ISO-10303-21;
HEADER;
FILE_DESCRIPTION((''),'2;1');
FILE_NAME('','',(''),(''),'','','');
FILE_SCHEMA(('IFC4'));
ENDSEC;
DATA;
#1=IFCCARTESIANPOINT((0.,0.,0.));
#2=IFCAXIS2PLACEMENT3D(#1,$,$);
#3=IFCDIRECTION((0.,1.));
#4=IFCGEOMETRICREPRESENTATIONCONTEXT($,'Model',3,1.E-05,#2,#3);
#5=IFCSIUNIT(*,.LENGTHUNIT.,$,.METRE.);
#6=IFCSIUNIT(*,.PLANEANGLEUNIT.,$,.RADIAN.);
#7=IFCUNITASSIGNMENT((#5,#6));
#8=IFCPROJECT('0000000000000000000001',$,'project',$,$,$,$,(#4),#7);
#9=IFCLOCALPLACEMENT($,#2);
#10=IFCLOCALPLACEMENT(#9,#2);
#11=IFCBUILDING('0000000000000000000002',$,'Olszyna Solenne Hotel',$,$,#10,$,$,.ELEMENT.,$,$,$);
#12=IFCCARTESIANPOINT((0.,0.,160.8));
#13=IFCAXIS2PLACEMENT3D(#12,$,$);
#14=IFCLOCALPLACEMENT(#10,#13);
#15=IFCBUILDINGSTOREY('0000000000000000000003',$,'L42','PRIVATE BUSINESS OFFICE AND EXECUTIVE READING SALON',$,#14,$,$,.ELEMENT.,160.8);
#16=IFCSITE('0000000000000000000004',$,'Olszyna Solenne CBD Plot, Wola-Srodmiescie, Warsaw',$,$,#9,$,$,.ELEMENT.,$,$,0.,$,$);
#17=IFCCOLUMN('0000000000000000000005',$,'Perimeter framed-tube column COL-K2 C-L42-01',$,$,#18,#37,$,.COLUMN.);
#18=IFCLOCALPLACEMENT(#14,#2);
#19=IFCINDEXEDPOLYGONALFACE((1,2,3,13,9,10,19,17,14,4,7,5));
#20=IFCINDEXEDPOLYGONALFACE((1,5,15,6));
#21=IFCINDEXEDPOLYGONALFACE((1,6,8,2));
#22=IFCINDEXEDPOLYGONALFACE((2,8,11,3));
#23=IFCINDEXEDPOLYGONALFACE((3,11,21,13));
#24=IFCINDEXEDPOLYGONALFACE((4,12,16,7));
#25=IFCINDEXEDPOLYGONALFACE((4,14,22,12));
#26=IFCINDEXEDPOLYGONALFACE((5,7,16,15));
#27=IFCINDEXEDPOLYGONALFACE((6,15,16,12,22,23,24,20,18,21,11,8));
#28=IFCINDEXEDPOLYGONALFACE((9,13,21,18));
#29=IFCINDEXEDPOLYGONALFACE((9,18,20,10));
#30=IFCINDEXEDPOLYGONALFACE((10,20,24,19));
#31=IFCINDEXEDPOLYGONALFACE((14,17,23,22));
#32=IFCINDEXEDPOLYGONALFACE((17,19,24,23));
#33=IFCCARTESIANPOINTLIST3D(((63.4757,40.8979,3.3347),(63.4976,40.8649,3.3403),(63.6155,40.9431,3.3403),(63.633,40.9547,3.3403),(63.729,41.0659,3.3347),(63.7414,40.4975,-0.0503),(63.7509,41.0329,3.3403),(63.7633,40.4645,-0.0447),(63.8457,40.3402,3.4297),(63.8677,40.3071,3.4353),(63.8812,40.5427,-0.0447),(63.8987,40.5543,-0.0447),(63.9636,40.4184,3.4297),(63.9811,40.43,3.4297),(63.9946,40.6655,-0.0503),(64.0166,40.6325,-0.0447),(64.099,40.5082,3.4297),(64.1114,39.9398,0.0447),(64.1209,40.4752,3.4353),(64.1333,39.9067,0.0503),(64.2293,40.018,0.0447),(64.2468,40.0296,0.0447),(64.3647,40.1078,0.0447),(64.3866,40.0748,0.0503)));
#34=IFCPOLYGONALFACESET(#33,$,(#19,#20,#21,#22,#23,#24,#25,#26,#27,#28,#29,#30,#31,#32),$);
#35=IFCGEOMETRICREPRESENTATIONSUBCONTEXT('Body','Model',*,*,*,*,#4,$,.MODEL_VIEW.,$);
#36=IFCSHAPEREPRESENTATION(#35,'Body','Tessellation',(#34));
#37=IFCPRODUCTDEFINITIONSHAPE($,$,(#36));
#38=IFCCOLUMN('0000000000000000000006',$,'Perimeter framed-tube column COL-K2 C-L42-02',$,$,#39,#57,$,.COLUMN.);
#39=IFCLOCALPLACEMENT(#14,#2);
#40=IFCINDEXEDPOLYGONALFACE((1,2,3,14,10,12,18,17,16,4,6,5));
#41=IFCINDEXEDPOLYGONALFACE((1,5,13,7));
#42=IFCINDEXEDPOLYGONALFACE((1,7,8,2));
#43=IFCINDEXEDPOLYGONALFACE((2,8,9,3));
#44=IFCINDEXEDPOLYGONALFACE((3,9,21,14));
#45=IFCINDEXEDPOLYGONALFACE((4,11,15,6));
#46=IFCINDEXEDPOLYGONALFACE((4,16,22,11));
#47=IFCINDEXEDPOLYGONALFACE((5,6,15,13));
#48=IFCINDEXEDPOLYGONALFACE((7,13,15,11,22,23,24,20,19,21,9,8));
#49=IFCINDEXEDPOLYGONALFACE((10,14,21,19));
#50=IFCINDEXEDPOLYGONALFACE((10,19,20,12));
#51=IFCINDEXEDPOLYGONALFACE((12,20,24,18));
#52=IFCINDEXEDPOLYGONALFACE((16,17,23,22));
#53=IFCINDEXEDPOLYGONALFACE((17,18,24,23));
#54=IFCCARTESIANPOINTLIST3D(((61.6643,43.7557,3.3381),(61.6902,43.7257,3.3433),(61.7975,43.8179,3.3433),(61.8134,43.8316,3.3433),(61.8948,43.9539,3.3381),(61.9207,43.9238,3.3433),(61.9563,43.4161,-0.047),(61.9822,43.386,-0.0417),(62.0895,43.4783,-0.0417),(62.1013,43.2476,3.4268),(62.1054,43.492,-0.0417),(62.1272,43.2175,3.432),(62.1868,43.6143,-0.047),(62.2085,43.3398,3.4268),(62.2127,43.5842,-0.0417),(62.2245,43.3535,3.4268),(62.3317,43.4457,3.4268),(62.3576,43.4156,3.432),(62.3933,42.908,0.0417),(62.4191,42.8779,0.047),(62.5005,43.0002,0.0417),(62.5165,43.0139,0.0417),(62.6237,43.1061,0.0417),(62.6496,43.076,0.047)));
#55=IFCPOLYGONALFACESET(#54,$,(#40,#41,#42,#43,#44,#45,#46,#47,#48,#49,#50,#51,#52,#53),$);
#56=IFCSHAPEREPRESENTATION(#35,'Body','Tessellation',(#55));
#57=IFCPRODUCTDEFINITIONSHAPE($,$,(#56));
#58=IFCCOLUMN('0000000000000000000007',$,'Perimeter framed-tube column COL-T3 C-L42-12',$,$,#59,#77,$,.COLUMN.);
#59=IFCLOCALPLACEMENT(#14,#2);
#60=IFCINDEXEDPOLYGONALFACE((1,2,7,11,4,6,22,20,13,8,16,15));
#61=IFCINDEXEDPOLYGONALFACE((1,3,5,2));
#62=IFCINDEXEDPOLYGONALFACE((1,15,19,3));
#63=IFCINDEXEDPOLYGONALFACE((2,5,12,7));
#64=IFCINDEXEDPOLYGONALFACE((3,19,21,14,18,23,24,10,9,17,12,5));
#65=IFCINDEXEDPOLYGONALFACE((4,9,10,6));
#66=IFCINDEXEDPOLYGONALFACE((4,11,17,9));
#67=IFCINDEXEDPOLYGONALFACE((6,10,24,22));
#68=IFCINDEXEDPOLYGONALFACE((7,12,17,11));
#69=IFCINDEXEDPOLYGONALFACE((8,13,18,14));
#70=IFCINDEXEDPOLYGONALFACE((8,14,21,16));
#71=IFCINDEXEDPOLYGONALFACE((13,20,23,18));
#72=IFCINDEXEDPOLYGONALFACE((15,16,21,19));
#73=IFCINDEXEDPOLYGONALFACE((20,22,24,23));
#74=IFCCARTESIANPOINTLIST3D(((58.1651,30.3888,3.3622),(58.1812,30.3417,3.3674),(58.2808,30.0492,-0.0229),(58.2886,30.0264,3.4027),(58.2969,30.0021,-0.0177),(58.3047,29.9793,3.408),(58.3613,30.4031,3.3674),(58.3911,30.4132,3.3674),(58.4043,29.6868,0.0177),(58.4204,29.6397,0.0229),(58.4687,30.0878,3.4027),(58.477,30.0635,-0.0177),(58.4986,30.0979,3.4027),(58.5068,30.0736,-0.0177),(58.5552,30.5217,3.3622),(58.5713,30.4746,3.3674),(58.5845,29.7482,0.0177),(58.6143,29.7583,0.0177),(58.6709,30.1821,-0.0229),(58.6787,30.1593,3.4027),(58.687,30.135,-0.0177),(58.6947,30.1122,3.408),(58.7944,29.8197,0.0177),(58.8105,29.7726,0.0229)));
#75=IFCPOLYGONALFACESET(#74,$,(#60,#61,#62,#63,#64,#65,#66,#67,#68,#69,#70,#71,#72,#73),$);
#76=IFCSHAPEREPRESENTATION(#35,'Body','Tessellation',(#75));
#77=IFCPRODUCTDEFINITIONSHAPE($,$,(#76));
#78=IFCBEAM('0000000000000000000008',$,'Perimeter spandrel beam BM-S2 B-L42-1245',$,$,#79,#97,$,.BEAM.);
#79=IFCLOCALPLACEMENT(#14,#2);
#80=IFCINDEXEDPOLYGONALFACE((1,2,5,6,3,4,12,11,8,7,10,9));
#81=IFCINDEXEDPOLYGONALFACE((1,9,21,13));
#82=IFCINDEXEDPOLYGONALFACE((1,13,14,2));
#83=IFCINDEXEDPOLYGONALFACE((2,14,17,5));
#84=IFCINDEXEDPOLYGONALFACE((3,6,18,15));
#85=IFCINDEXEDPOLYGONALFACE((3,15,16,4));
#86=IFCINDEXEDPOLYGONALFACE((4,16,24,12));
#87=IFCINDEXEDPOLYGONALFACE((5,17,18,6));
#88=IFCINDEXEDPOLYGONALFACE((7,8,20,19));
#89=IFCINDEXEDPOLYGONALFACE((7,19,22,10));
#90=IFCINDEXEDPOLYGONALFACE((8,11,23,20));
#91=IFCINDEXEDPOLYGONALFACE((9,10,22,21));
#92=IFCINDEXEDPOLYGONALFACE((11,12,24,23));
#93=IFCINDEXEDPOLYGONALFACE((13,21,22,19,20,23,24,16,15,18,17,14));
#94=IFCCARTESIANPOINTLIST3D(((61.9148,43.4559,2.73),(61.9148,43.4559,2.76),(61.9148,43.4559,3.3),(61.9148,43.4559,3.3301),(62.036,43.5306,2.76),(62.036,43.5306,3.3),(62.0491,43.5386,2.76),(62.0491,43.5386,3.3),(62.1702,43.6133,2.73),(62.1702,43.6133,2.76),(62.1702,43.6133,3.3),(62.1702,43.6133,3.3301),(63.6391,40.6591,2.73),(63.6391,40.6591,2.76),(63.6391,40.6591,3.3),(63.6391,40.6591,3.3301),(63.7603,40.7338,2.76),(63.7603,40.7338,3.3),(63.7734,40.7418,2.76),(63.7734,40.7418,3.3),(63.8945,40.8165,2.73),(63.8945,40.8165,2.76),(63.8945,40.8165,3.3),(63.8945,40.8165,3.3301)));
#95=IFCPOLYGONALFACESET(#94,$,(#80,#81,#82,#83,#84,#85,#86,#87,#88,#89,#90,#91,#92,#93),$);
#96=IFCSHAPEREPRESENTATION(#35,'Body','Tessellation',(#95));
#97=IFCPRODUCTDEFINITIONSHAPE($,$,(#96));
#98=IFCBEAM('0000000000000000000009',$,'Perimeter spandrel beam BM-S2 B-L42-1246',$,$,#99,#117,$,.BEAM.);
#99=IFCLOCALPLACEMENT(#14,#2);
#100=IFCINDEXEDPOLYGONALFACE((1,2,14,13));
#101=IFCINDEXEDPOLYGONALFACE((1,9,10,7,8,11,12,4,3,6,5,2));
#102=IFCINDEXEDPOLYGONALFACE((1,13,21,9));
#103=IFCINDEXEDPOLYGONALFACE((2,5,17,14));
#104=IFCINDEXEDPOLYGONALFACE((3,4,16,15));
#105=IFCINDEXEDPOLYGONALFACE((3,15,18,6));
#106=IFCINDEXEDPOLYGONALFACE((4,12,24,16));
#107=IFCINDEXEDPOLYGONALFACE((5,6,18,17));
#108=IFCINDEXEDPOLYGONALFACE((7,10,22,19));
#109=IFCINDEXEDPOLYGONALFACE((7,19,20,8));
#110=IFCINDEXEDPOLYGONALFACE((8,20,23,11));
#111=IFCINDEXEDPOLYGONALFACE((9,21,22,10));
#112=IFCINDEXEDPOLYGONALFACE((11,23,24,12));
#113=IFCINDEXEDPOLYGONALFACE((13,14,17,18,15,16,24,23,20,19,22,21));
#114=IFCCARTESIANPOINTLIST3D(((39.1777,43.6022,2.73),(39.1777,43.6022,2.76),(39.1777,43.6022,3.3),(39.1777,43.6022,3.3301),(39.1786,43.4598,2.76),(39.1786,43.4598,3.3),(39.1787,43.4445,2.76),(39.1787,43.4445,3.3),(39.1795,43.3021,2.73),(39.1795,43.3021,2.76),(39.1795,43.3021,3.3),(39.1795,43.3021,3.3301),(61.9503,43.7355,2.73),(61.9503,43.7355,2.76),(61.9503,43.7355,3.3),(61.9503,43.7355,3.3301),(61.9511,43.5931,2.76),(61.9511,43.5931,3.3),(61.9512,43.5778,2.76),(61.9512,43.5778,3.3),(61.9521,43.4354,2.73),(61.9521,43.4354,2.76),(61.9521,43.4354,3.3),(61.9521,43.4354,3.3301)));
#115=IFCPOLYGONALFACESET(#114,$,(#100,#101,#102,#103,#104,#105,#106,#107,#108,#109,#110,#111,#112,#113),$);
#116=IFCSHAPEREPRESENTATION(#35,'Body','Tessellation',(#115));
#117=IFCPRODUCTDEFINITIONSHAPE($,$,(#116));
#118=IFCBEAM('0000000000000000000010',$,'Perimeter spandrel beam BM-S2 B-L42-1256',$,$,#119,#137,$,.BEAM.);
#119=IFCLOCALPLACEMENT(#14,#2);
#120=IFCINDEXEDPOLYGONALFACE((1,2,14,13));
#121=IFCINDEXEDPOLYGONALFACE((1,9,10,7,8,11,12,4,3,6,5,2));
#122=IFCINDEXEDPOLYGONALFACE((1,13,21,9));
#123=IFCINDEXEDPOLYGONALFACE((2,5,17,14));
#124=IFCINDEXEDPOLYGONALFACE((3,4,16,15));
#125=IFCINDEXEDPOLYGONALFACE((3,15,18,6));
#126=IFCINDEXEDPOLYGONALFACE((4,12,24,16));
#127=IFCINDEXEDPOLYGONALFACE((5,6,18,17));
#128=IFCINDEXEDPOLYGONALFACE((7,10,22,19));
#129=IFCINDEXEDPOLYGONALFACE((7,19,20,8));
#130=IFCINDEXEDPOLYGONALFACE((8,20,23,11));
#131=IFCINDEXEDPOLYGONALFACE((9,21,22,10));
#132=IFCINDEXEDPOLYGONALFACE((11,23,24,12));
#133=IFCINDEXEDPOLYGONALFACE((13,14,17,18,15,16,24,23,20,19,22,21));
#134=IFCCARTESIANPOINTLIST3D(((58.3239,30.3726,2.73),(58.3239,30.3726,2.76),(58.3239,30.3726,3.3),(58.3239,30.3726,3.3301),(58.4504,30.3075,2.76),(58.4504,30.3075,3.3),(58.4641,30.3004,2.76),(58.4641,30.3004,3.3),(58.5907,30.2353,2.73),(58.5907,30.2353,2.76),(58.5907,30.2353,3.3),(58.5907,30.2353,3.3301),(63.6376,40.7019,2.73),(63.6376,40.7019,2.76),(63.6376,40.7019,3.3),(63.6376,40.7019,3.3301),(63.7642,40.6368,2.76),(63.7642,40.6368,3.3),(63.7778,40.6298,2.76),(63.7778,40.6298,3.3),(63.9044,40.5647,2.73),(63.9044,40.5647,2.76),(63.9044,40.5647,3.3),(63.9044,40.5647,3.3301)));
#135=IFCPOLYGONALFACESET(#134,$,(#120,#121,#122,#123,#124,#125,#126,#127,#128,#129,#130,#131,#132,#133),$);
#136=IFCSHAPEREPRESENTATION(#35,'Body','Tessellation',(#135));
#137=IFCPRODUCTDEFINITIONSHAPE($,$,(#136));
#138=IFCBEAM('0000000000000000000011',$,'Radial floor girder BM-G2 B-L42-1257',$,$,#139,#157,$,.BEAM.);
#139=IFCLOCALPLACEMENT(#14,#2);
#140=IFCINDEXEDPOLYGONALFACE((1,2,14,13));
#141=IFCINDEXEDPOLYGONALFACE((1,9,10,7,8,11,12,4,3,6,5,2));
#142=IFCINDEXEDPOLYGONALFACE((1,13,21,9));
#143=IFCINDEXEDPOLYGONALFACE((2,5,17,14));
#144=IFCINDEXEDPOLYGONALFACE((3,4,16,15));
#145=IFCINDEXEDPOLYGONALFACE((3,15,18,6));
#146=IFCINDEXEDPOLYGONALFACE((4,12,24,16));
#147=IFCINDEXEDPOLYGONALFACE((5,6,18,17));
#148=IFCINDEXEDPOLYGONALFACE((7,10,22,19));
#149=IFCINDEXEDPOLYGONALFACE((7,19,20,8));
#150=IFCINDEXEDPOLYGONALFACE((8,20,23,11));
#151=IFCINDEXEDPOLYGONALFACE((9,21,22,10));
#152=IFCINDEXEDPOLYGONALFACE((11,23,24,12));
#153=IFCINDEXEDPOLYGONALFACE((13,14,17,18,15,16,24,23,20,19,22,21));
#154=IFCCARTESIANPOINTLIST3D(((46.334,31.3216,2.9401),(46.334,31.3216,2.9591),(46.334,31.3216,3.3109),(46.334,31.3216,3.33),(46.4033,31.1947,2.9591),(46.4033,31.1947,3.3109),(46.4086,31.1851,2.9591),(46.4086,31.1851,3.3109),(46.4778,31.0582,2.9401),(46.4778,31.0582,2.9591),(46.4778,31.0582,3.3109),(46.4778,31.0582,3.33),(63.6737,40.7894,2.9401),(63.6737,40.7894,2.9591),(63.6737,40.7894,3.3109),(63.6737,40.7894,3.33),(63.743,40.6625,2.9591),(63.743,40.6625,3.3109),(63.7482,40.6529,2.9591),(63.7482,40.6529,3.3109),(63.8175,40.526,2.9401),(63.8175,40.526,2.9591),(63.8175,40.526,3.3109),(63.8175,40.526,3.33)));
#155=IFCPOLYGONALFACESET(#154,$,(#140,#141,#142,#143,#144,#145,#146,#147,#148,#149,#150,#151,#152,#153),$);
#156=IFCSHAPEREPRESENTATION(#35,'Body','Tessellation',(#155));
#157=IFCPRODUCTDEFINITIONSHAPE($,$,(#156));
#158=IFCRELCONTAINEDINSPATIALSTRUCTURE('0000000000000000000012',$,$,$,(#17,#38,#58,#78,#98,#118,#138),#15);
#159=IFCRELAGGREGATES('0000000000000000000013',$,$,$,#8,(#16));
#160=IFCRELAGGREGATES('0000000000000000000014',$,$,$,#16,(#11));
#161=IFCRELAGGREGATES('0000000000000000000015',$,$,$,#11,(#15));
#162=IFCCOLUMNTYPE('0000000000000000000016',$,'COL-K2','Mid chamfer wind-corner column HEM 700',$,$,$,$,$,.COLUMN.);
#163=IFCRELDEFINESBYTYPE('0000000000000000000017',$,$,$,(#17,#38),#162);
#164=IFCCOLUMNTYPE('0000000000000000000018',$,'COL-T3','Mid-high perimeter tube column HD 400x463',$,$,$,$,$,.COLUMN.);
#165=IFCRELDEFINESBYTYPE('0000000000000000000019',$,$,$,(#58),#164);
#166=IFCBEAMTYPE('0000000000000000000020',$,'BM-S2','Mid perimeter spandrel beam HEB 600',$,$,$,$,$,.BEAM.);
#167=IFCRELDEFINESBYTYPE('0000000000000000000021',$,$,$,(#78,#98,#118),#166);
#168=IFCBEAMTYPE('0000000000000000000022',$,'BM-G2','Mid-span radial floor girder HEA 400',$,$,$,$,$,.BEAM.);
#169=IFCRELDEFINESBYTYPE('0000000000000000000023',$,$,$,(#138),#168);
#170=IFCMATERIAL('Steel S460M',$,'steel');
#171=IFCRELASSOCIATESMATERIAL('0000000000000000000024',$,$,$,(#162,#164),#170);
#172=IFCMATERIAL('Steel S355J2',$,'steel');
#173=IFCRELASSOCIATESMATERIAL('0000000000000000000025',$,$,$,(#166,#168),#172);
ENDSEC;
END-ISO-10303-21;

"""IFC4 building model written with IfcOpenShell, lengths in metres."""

from ifc_helpers import new_model, si_unit, direction, frame, origin, origin_2d, place, context, subcontext, project, spatial, i_section, extrude, source, transform, mapped, material, material_profile, profile_set, type_object, element, save


model = new_model("IFC4")

# Units and contexts
model_context = context("Model", 3, precision=1e-05, world=origin(), true_north=direction((0.0, 1.0)))
body_context = subcontext(model_context, "Body", "Model", "MODEL_VIEW")
ifc_project = project(units=[si_unit("LENGTHUNIT", "METRE"), si_unit("PLANEANGLEUNIT", "RADIAN")], contexts=[model_context])

# Site, building, storey
site_placement = place(None, origin())
site = spatial("IfcSite", under=ifc_project, at=site_placement, Name="Olszyna Solenne CBD Plot, Wola-Srodmiescie, Warsaw", CompositionType="ELEMENT", RefElevation=0.0)
building_placement = place(site_placement, origin())
building = spatial("IfcBuilding", under=site, at=building_placement, Name="Olszyna Solenne Hotel", CompositionType="ELEMENT")
storey_placement = place(building_placement, frame((0.0, 0.0, 160.8)))
storey = spatial("IfcBuildingStorey", under=building, at=storey_placement, Name="L42", Description="PRIVATE BUSINESS OFFICE AND EXECUTIVE READING SALON", CompositionType="ELEMENT", Elevation=160.8)

# Columns
ifc_material_1 = material(Name="Steel S460M", Category="steel")
ifc_material_profile_1 = material_profile(ifc_material_1, i_section(OverallWidth=0.304, OverallDepth=0.7161, WebThickness=0.021, FlangeThickness=0.04, at=origin_2d()), Name="HEM 700", Category="load-bearing")
ifc_profile_set_1 = profile_set([ifc_material_profile_1], Name="Steel S460M")
column_type_1 = type_object("IfcColumnType", Name="COL-K2", Description="Mid chamfer wind-corner column HEM 700", PredefinedType="COLUMN", material=ifc_profile_set_1)
shared_shape_1 = source(origin(), body_context, "Body", "SweptSolid", [
    extrude(i_section(OverallWidth=0.304, OverallDepth=0.7161, WebThickness=0.021, FlangeThickness=0.04, at=origin_2d()), origin(), (0.0, 0.0, 1.0), 3.4189),
])
column_1_placement = place(storey_placement, frame((64.064, 40.2861, 0.0), z_axis=(-0.077692, 0.11711, 0.990075), x_axis=(-0.833299, -0.552823, 0.0)))
element("IfcColumn", 1, at=column_1_placement, inside=storey, type_object=column_type_1, Name="Perimeter framed-tube column COL-K2 C-L42-01", PredefinedType="COLUMN", context=body_context, shape_type="MappedRepresentation", body=[
    mapped(shared_shape_1, transform((0.0, 0.0, 0.0), x_axis=(1.0, 0.0, 0.0), y_axis=(0.0, 1.0, 0.0), z_axis=(0.0, 0.0, 1.0), scale=1.0)),
])
shared_shape_2 = source(origin(), body_context, "Body", "SweptSolid", [
    extrude(i_section(OverallWidth=0.304, OverallDepth=0.7161, WebThickness=0.021, FlangeThickness=0.04, at=origin_2d()), origin(), (0.0, 0.0, 1.0), 3.4146),
])
column_2_placement = place(storey_placement, frame((62.303, 43.2461, 0.0), z_axis=(-0.085515, 0.099458, 0.99136), x_axis=(-0.758255, -0.651958, 0.0)))
element("IfcColumn", 2, at=column_2_placement, inside=storey, type_object=column_type_1, Name="Perimeter framed-tube column COL-K2 C-L42-02", PredefinedType="COLUMN", context=body_context, shape_type="MappedRepresentation", body=[
    mapped(shared_shape_2, transform((0.0, 0.0, 0.0), x_axis=(1.0, 0.0, 0.0), y_axis=(0.0, 1.0, 0.0), z_axis=(0.0, 0.0, 1.0), scale=1.0)),
])
ifc_material_profile_2 = material_profile(ifc_material_1, i_section(OverallWidth=0.4121, OverallDepth=0.4351, WebThickness=0.0315, FlangeThickness=0.05, at=origin_2d()), Name="HD 400x463", Category="load-bearing")
ifc_profile_set_2 = profile_set([ifc_material_profile_2], Name="Steel S460M")
column_type_2 = type_object("IfcColumnType", Name="COL-T3", Description="Mid-high perimeter tube column HD 400x463", PredefinedType="COLUMN", material=ifc_profile_set_2)
shared_shape_3 = source(origin(), body_context, "Body", "SweptSolid", [
    extrude(i_section(OverallWidth=0.4121, OverallDepth=0.4351, WebThickness=0.0315, FlangeThickness=0.05, at=origin_2d()), origin(), (0.0, 0.0, 1.0), 3.4041),
])
column_3_placement = place(storey_placement, frame((58.5457, 29.9109, 0.0), z_axis=(-0.033996, 0.099766, 0.99443), x_axis=(-0.946553, -0.322549, 0.0)))
element("IfcColumn", 3, at=column_3_placement, inside=storey, type_object=column_type_2, Name="Perimeter framed-tube column COL-T3 C-L42-12", PredefinedType="COLUMN", context=body_context, shape_type="MappedRepresentation", body=[
    mapped(shared_shape_3, transform((0.0, 0.0, 0.0), x_axis=(1.0, 0.0, 0.0), y_axis=(0.0, 1.0, 0.0), z_axis=(0.0, 0.0, 1.0), scale=1.0)),
])

# Beams
ifc_material_2 = material(Name="Steel S355J2", Category="steel")
ifc_material_profile_3 = material_profile(ifc_material_2, i_section(OverallWidth=0.3, OverallDepth=0.6001, WebThickness=0.0154, FlangeThickness=0.03, at=origin_2d()), Name="HEB 600", Category="load-bearing")
ifc_profile_set_3 = profile_set([ifc_material_profile_3], Name="Steel S355J2")
beam_type_1 = type_object("IfcBeamType", Name="BM-S2", Description="Mid perimeter spandrel beam HEB 600", PredefinedType="BEAM", material=ifc_profile_set_3)
shared_shape_4 = source(origin(), body_context, "Body", "SweptSolid", [
    extrude(i_section(OverallWidth=0.3, OverallDepth=0.6001, WebThickness=0.0154, FlangeThickness=0.03, at=origin_2d()), origin(), (0.0, 0.0, 1.0), 3.2856),
])
beam_1_placement = place(storey_placement, frame((63.7668, 40.7378, 3.03), z_axis=(-0.524806, 0.851222, 0.0), x_axis=(-0.851222, -0.524806, 0.0)))
element("IfcBeam", 4, at=beam_1_placement, inside=storey, type_object=beam_type_1, Name="Perimeter spandrel beam BM-S2 B-L42-1245", PredefinedType="BEAM", context=body_context, shape_type="MappedRepresentation", body=[
    mapped(shared_shape_4, transform((0.0, 0.0, 0.0), x_axis=(1.0, 0.0, 0.0), y_axis=(0.0, 1.0, 0.0), z_axis=(0.0, 0.0, 1.0), scale=1.0)),
])
shared_shape_5 = source(origin(), body_context, "Body", "SweptSolid", [
    extrude(i_section(OverallWidth=0.3, OverallDepth=0.6001, WebThickness=0.0154, FlangeThickness=0.03, at=origin_2d()), origin(), (0.0, 0.0, 1.0), 22.7729),
])
beam_2_placement = place(storey_placement, frame((61.9512, 43.5854, 3.03), z_axis=(-0.999983, -0.005853, 0.0), x_axis=(0.005853, -0.999983, 0.0)))
element("IfcBeam", 5, at=beam_2_placement, inside=storey, type_object=beam_type_1, Name="Perimeter spandrel beam BM-S2 B-L42-1246", PredefinedType="BEAM", context=body_context, shape_type="MappedRepresentation", body=[
    mapped(shared_shape_5, transform((0.0, 0.0, 0.0), x_axis=(1.0, 0.0, 0.0), y_axis=(0.0, 1.0, 0.0), z_axis=(0.0, 0.0, 1.0), scale=1.0)),
])
shared_shape_6 = source(origin(), body_context, "Body", "SweptSolid", [
    extrude(i_section(OverallWidth=0.3, OverallDepth=0.6001, WebThickness=0.0154, FlangeThickness=0.03, at=origin_2d()), origin(), (0.0, 0.0, 1.0), 11.616),
])
beam_3_placement = place(storey_placement, frame((58.4573, 30.304, 3.03), z_axis=(0.457449, 0.889236, 0.0), x_axis=(-0.889236, 0.457449, 0.0)))
element("IfcBeam", 6, at=beam_3_placement, inside=storey, type_object=beam_type_1, Name="Perimeter spandrel beam BM-S2 B-L42-1256", PredefinedType="BEAM", context=body_context, shape_type="MappedRepresentation", body=[
    mapped(shared_shape_6, transform((0.0, 0.0, 0.0), x_axis=(1.0, 0.0, 0.0), y_axis=(0.0, 1.0, 0.0), z_axis=(0.0, 0.0, 1.0), scale=1.0)),
])
ifc_material_profile_4 = material_profile(ifc_material_2, i_section(OverallWidth=0.3, OverallDepth=0.3899, WebThickness=0.011, FlangeThickness=0.019, at=origin_2d()), Name="HEA 400", Category="load-bearing")
ifc_profile_set_4 = profile_set([ifc_material_profile_4], Name="Steel S355J2")
beam_type_2 = type_object("IfcBeamType", Name="BM-G2", Description="Mid-span radial floor girder HEA 400", PredefinedType="BEAM", material=ifc_profile_set_4)
shared_shape_7 = source(origin(), body_context, "Body", "SweptSolid", [
    extrude(i_section(OverallWidth=0.3, OverallDepth=0.3899, WebThickness=0.011, FlangeThickness=0.019, at=origin_2d()), origin(), (0.0, 0.0, 1.0), 19.7561),
])
beam_4_placement = place(storey_placement, frame((63.7456, 40.6577, 3.135), z_axis=(-0.877687, -0.479235, 0.0), x_axis=(0.479235, -0.877687, 0.0)))
element("IfcBeam", 7, at=beam_4_placement, inside=storey, type_object=beam_type_2, Name="Radial floor girder BM-G2 B-L42-1257", PredefinedType="BEAM", context=body_context, shape_type="MappedRepresentation", body=[
    mapped(shared_shape_7, transform((0.0, 0.0, 0.0), x_axis=(1.0, 0.0, 0.0), y_axis=(0.0, 1.0, 0.0), z_axis=(0.0, 0.0, 1.0), scale=1.0)),
])

save(model, "model.ifc")
